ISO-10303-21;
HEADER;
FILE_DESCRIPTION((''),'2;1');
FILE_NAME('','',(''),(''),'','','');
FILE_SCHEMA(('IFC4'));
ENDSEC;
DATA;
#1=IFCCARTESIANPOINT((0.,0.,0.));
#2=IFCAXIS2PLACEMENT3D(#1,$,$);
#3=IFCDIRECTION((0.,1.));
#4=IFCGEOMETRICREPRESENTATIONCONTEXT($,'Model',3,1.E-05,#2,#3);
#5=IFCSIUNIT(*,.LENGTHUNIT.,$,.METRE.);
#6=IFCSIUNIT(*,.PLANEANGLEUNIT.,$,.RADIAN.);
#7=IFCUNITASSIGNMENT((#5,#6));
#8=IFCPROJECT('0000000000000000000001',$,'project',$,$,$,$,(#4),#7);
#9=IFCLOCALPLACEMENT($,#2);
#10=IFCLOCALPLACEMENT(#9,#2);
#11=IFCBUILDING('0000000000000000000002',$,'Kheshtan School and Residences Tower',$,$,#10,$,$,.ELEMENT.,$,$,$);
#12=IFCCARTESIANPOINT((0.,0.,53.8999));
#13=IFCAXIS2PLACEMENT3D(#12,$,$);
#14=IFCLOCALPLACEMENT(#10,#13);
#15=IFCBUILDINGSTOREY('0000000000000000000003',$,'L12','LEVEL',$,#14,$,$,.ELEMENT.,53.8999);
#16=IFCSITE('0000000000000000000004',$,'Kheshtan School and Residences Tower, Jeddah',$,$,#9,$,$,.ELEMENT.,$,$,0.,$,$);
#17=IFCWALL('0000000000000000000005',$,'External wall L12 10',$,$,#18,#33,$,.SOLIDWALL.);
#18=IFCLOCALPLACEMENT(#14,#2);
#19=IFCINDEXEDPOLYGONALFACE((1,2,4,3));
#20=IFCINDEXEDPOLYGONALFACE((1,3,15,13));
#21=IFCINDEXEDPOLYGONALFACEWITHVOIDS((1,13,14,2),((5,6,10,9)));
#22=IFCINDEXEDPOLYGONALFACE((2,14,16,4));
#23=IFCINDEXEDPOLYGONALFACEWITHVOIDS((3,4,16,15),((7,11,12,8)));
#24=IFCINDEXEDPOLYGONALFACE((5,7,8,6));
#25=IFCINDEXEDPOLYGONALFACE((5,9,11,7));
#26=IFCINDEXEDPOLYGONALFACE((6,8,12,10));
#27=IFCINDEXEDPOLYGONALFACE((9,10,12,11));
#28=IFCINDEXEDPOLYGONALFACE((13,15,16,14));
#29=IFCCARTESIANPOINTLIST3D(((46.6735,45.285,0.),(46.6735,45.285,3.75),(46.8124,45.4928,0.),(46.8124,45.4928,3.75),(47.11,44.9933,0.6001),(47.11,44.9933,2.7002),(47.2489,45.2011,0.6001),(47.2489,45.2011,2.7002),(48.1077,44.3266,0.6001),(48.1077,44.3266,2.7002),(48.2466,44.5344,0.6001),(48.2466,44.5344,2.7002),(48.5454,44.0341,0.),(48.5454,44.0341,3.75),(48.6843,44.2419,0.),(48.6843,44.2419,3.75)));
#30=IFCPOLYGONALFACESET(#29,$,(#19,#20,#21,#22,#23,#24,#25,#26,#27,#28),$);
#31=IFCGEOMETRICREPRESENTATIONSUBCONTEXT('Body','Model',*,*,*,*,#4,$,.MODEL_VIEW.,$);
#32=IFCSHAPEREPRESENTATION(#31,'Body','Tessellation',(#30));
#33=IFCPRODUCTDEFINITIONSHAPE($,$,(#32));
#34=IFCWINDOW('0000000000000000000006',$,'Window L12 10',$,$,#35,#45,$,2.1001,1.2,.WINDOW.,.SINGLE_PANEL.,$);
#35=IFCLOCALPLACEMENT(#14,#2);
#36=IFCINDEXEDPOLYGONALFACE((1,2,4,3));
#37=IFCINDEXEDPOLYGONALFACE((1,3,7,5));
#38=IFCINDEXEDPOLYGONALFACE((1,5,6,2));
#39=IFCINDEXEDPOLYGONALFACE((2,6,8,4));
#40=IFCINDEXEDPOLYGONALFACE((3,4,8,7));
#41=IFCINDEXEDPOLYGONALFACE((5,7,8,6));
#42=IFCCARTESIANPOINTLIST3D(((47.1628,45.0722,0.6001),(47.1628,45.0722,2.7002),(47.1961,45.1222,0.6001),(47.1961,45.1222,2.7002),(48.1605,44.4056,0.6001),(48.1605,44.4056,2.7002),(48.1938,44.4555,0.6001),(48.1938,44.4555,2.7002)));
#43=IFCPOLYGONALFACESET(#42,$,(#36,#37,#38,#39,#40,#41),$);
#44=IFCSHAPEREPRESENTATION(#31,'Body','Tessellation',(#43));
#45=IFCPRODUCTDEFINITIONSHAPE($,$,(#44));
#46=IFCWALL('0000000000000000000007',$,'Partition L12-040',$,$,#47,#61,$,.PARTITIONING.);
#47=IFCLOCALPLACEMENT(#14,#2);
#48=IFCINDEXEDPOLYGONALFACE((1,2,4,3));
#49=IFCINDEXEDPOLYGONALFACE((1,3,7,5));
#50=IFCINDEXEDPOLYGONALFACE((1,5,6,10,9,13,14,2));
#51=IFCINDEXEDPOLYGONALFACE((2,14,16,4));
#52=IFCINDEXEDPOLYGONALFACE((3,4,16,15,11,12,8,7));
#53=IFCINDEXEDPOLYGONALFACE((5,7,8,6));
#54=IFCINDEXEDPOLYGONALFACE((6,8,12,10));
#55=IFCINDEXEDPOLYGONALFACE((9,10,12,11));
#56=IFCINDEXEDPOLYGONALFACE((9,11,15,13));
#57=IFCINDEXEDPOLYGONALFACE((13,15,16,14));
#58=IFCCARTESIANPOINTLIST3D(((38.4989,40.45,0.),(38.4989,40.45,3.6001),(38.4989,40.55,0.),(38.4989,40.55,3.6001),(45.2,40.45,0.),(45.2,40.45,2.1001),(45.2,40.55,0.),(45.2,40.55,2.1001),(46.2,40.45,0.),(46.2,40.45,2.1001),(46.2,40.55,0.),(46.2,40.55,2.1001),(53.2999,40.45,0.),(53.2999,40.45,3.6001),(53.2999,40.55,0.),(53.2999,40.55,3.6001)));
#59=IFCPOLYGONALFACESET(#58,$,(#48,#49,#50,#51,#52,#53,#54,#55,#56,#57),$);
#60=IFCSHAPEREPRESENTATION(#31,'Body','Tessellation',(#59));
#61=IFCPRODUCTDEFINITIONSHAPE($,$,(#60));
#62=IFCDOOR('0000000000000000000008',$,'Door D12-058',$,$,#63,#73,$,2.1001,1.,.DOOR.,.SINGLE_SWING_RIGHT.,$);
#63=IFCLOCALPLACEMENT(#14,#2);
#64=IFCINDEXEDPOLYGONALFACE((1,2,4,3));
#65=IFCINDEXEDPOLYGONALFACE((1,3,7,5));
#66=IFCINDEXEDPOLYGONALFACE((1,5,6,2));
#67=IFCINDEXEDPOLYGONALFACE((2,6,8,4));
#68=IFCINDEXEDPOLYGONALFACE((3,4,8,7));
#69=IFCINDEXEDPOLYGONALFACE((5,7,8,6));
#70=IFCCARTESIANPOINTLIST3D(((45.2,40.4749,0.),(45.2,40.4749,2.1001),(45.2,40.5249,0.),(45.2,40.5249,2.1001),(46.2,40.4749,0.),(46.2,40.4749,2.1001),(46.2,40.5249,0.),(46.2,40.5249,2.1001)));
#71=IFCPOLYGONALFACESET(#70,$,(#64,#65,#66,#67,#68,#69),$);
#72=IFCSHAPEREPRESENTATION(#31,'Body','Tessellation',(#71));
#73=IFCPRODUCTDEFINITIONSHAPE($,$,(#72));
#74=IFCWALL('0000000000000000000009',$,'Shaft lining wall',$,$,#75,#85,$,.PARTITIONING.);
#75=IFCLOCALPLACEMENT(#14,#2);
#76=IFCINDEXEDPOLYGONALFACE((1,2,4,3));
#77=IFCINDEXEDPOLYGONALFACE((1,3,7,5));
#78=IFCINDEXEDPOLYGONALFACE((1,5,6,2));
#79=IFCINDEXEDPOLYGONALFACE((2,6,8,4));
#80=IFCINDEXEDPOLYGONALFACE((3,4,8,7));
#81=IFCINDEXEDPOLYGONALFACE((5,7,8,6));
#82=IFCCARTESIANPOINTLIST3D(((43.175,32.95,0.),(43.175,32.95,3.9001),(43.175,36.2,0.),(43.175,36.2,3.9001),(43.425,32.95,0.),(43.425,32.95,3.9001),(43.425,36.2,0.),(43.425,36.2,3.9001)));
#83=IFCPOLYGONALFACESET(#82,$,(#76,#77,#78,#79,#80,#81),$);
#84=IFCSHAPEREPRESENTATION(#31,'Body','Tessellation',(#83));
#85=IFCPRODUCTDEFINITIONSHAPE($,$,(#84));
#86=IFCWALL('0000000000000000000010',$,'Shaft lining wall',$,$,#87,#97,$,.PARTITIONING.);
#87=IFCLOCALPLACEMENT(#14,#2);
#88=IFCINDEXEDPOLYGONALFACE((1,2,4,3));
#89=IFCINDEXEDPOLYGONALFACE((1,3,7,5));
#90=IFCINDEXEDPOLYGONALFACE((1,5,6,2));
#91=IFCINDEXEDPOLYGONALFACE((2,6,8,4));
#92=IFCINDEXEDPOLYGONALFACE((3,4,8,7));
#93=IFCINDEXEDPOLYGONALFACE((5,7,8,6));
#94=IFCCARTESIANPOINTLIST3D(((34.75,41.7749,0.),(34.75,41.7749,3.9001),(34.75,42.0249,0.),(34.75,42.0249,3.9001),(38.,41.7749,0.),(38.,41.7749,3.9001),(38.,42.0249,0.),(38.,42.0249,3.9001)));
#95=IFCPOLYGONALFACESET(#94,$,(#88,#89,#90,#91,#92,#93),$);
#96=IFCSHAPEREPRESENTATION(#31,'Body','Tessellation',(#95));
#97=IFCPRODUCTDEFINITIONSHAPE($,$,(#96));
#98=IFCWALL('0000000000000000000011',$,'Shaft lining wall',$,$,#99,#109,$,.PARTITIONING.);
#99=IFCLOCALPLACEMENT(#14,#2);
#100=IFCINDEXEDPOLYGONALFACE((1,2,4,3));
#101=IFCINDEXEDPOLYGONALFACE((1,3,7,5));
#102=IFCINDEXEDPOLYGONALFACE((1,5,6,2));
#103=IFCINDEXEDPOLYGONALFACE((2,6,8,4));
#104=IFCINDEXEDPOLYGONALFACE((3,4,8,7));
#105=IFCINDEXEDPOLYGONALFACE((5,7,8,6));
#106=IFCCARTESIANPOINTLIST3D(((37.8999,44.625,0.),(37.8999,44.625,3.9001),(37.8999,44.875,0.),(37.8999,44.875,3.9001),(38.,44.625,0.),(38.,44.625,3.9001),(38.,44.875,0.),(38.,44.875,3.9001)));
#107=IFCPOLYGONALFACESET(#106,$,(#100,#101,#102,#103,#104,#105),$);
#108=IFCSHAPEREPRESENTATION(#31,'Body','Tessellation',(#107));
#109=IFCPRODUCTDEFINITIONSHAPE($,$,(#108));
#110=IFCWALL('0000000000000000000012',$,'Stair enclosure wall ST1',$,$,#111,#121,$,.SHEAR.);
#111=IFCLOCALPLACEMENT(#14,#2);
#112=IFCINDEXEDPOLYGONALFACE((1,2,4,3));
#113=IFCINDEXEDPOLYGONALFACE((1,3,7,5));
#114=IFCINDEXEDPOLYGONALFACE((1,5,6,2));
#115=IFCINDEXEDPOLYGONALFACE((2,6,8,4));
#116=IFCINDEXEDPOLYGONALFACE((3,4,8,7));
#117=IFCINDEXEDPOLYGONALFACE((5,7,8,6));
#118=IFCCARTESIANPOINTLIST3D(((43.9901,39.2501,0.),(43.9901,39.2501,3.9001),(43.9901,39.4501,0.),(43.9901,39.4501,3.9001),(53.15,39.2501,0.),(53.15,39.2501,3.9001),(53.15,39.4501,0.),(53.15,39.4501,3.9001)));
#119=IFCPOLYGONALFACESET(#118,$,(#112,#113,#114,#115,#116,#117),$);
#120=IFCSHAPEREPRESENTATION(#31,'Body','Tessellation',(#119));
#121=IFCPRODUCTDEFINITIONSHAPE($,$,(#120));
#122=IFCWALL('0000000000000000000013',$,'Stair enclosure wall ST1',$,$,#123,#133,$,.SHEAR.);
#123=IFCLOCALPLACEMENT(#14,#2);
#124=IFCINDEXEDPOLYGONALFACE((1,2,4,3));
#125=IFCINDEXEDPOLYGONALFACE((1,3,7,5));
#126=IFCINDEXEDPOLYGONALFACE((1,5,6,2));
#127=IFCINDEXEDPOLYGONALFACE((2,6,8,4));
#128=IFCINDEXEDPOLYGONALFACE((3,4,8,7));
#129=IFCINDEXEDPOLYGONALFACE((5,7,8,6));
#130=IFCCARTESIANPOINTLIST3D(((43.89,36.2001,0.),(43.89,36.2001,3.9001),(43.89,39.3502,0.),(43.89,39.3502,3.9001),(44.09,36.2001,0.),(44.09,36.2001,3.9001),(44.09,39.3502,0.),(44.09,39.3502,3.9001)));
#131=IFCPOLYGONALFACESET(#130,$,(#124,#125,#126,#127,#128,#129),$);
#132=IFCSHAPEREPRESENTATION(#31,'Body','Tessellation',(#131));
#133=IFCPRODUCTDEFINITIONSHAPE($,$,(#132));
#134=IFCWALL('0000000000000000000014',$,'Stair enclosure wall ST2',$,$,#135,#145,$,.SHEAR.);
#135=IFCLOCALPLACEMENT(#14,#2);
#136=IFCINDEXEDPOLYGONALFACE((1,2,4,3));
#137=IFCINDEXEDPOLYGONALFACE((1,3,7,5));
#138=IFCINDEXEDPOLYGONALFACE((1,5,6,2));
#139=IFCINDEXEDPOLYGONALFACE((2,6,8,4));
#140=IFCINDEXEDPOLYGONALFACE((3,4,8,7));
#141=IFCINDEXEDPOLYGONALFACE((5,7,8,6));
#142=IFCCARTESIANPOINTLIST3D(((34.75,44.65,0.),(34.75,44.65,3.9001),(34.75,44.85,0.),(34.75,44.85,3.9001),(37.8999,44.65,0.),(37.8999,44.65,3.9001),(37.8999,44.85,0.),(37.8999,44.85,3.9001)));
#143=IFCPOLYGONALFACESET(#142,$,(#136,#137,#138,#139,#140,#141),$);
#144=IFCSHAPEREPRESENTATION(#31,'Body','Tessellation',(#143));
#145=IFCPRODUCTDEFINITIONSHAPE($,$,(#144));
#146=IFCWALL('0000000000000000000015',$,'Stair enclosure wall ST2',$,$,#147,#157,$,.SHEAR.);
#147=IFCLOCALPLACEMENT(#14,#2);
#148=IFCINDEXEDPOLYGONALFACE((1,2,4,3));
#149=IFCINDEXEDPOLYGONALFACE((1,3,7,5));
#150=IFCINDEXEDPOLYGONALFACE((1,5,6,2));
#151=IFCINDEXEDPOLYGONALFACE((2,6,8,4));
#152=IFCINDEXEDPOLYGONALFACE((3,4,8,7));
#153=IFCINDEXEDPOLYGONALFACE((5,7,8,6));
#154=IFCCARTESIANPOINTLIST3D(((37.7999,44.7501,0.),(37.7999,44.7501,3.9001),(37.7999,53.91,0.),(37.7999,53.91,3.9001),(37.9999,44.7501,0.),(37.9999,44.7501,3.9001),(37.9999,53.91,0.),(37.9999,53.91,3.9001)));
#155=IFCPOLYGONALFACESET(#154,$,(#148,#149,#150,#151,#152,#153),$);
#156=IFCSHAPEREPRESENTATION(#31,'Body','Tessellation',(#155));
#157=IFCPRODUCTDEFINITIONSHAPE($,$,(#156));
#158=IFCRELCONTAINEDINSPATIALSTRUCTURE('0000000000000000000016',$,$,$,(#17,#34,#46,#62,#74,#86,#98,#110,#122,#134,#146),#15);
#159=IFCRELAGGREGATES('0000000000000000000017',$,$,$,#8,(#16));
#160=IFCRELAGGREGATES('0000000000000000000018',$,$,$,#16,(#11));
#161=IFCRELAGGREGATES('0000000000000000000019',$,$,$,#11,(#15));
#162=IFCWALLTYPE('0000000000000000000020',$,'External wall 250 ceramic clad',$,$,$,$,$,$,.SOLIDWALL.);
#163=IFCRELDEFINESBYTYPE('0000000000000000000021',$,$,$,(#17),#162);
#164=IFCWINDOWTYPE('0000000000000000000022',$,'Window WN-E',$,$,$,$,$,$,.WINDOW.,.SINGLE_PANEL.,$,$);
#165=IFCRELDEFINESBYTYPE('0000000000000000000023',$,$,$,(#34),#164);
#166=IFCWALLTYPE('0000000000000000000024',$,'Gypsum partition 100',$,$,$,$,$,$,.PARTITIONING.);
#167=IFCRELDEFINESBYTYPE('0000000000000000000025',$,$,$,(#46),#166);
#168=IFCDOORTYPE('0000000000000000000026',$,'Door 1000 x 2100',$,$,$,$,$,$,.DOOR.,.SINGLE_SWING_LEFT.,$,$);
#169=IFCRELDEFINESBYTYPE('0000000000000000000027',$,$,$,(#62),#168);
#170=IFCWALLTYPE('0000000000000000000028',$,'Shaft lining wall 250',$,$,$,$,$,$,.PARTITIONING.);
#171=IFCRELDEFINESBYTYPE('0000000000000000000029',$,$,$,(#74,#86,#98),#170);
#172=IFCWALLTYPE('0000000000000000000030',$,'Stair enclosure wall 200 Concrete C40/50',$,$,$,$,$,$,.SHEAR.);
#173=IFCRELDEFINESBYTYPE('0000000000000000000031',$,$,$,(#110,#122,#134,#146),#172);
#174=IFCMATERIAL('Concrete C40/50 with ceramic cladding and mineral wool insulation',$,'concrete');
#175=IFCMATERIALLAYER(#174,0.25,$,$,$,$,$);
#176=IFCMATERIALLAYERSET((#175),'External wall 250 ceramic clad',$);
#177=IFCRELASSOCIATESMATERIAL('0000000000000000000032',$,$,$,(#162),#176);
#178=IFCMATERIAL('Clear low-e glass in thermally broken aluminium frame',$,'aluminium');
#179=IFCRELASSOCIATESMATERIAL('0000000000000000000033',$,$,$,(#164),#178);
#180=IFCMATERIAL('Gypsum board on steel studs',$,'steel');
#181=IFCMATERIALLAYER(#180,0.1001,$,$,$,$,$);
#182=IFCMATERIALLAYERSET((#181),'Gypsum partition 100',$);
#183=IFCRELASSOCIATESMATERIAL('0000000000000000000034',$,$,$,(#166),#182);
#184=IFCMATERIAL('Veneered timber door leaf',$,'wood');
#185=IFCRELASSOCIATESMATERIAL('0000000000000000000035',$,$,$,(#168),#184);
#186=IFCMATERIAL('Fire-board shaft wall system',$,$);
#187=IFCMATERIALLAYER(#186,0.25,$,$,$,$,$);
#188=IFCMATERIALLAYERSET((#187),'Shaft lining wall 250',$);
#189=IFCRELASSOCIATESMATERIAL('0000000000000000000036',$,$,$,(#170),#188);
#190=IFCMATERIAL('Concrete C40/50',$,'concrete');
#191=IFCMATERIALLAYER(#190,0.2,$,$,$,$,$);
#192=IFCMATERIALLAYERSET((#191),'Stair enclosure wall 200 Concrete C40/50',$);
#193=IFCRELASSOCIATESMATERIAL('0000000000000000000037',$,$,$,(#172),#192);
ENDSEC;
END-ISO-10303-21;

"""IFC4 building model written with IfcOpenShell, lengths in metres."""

from ifc_helpers import new_model, si_unit, direction, frame, frame_2d, origin, place, context, subcontext, project, spatial, rectangle, extrude, source, transform, mapped, material, layer, layer_set, type_object, element, fill, save


model = new_model("IFC4")

# Units and contexts
model_context = context("Model", 3, precision=1e-05, world=origin(), true_north=direction((0.0, 1.0)))
body_context = subcontext(model_context, "Body", "Model", "MODEL_VIEW")
ifc_project = project(units=[si_unit("LENGTHUNIT", "METRE"), si_unit("PLANEANGLEUNIT", "RADIAN")], contexts=[model_context])

# Site, building, storey
site_placement = place(None, origin())
site = spatial("IfcSite", under=ifc_project, at=site_placement, Name="Kheshtan School and Residences Tower, Jeddah", CompositionType="ELEMENT", RefElevation=0.0)
building_placement = place(site_placement, origin())
building = spatial("IfcBuilding", under=site, at=building_placement, Name="Kheshtan School and Residences Tower", CompositionType="ELEMENT")
storey_placement = place(building_placement, frame((0.0, 0.0, 53.8999)))
storey = spatial("IfcBuildingStorey", under=building, at=storey_placement, Name="L12", Description="LEVEL", CompositionType="ELEMENT", Elevation=53.8999)

# Wall, opening, window
ifc_material_1 = material(Name="Concrete C40/50 with ceramic cladding and mineral wool insulation", Category="concrete")
ifc_layer_1 = layer(ifc_material_1, 0.25)
ifc_layer_set_1 = layer_set([ifc_layer_1], Name="External wall 250 ceramic clad")
wall_type_1 = type_object("IfcWallType", Name="External wall 250 ceramic clad", PredefinedType="SOLIDWALL", material=ifc_layer_set_1)
wall_1_placement = place(storey_placement, frame((46.7429, 45.3889, 0.0), z_axis=(0.0, 0.0, 1.0), x_axis=(0.831449, -0.555601, 0.0)))
wall_1 = element("IfcWall", 1, at=wall_1_placement, inside=storey, type_object=wall_type_1, Name="External wall L12 10", PredefinedType="SOLIDWALL", context=body_context, shape_type="SweptSolid", body=[
    extrude(rectangle(XDim=2.2515, YDim=0.25, at=frame_2d((1.1257, 0.0))), origin(), (0.0, 0.0, 1.0), 3.75),
])
opening_1_placement = place(wall_1_placement, frame((0.5249, 0.0, 0.6001)))
opening_1 = element("IfcOpeningElement", 2, at=opening_1_placement, cuts=wall_1, PredefinedType="OPENING", context=body_context, shape_type="SweptSolid", body=[
    extrude(rectangle(XDim=1.2, YDim=2.1001, at=frame_2d((0.6001, 1.05))), frame((0.0, 0.135, 0.0), z_axis=(0.0, -1.0, 0.0), x_axis=(1.0, 0.0, 0.0)), (0.0, 0.0, 1.0), 0.27),
])
ifc_material_2 = material(Name="Clear low-e glass in thermally broken aluminium frame", Category="aluminium")
window_type = type_object("IfcWindowType", Name="Window WN-E", PartitioningType="SINGLE_PANEL", PredefinedType="WINDOW", material=ifc_material_2)
shared_shape_1 = source(origin(), body_context, "Body", "SweptSolid", [
    extrude(rectangle(XDim=1.2, YDim=2.1001, at=frame_2d((0.6001, 1.05))), frame((0.0, 0.03, 0.0), z_axis=(0.0, -1.0, 0.0), x_axis=(1.0, 0.0, 0.0)), (0.0, 0.0, 1.0), 0.0601),
])
window_placement = place(opening_1_placement, origin())
window = element("IfcWindow", 3, at=window_placement, inside=storey, type_object=window_type, Name="Window L12 10", OverallHeight=2.1001, OverallWidth=1.2, PartitioningType="SINGLE_PANEL", PredefinedType="WINDOW", context=body_context, shape_type="MappedRepresentation", body=[
    mapped(shared_shape_1, transform((0.0, 0.0, 0.0), x_axis=(1.0, 0.0, 0.0), y_axis=(0.0, 1.0, 0.0), z_axis=(0.0, 0.0, 1.0), scale=1.0)),
])
fill(opening_1, window)

# Wall, opening, door
ifc_material_3 = material(Name="Gypsum board on steel studs", Category="steel")
ifc_layer_2 = layer(ifc_material_3, 0.1001)
ifc_layer_set_2 = layer_set([ifc_layer_2], Name="Gypsum partition 100")
wall_type_2 = type_object("IfcWallType", Name="Gypsum partition 100", PredefinedType="PARTITIONING", material=ifc_layer_set_2)
wall_2_placement = place(storey_placement, frame((38.499, 40.5, 0.0), z_axis=(0.0, 0.0, 1.0), x_axis=(1.0, 0.0, 0.0)))
wall_2 = element("IfcWall", 4, at=wall_2_placement, inside=storey, type_object=wall_type_2, Name="Partition L12-040", PredefinedType="PARTITIONING", context=body_context, shape_type="SweptSolid", body=[
    extrude(rectangle(XDim=14.801, YDim=0.1001, at=frame_2d((7.4004, 0.0))), origin(), (0.0, 0.0, 1.0), 3.6001),
])
opening_2_placement = place(wall_2_placement, frame((6.7009, 0.0, 0.0)))
opening_2 = element("IfcOpeningElement", 5, at=opening_2_placement, cuts=wall_2, PredefinedType="OPENING", context=body_context, shape_type="SweptSolid", body=[
    extrude(rectangle(XDim=1.0, YDim=2.1001, at=frame_2d((0.5, 1.05))), frame((0.0, 0.0601, 0.0), z_axis=(0.0, -1.0, 0.0), x_axis=(1.0, 0.0, 0.0)), (0.0, 0.0, 1.0), 0.1201),
])
ifc_material_4 = material(Name="Veneered timber door leaf", Category="wood")
door_type_1 = type_object("IfcDoorType", Name="Door 1000 x 2100", OperationType="SINGLE_SWING_LEFT", PredefinedType="DOOR", material=ifc_material_4)
shared_shape_2 = source(origin(), body_context, "Body", "SweptSolid", [
    extrude(rectangle(XDim=1.0, YDim=2.1001, at=frame_2d((0.5, 1.05))), frame((0.0, 0.0249, 0.0), z_axis=(0.0, -1.0, 0.0), x_axis=(1.0, 0.0, 0.0)), (0.0, 0.0, 1.0), 0.05),
])
door_1_placement = place(opening_2_placement, origin())
door_1 = element("IfcDoor", 6, at=door_1_placement, inside=storey, type_object=door_type_1, Name="Door D12-058", OperationType="SINGLE_SWING_RIGHT", OverallHeight=2.1001, OverallWidth=1.0, PredefinedType="DOOR", context=body_context, shape_type="MappedRepresentation", body=[
    mapped(shared_shape_2, transform((0.0, 0.0, 0.0), x_axis=(1.0, 0.0, 0.0), y_axis=(0.0, 1.0, 0.0), z_axis=(0.0, 0.0, 1.0), scale=1.0)),
])
fill(opening_2, door_1)

# Walls
ifc_material_5 = material(Name="Fire-board shaft wall system")
ifc_layer_3 = layer(ifc_material_5, 0.25)
ifc_layer_set_3 = layer_set([ifc_layer_3], Name="Shaft lining wall 250")
wall_type_3 = type_object("IfcWallType", Name="Shaft lining wall 250", PredefinedType="PARTITIONING", material=ifc_layer_set_3)
for number, where, z_axis, x_axis, name in (
    (7, (43.3, 32.95, 0.0), (0.0, 0.0, 1.0), (0.0, 1.0, 0.0), "Shaft lining wall"),
    (8, (34.75, 41.8999, 0.0), (0.0, 0.0, 1.0), (1.0, 0.0, 0.0), "Shaft lining wall"),
):
    element("IfcWall", number, at=place(storey_placement, frame(where, z_axis=z_axis, x_axis=x_axis)), inside=storey, type_object=wall_type_3, Name=name, PredefinedType="PARTITIONING", context=body_context, shape_type="SweptSolid", body=[
        extrude(rectangle(XDim=3.25, YDim=0.25, at=frame_2d((1.625, 0.0))), origin(), (0.0, 0.0, 1.0), 3.9001),
    ])
wall_3_placement = place(storey_placement, frame((37.8999, 44.75, 0.0), z_axis=(0.0, 0.0, 1.0), x_axis=(1.0, 0.0, 0.0)))
element("IfcWall", 9, at=wall_3_placement, inside=storey, type_object=wall_type_3, Name="Shaft lining wall", PredefinedType="PARTITIONING", context=body_context, shape_type="SweptSolid", body=[
    extrude(rectangle(XDim=0.1001, YDim=0.25, at=frame_2d((0.05, 0.0))), origin(), (0.0, 0.0, 1.0), 3.9001),
])
ifc_material_6 = material(Name="Concrete C40/50", Category="concrete")
ifc_layer_4 = layer(ifc_material_6, 0.2)
ifc_layer_set_4 = layer_set([ifc_layer_4], Name="Stair enclosure wall 200 Concrete C40/50")
wall_type_4 = type_object("IfcWallType", Name="Stair enclosure wall 200 Concrete C40/50", PredefinedType="SHEAR", material=ifc_layer_set_4)
wall_4_placement = place(storey_placement, frame((43.99, 39.3501, 0.0), z_axis=(0.0, 0.0, 1.0), x_axis=(1.0, 0.0, 0.0)))
element("IfcWall", 10, at=wall_4_placement, inside=storey, type_object=wall_type_4, Name="Stair enclosure wall ST1", PredefinedType="SHEAR", context=body_context, shape_type="SweptSolid", body=[
    extrude(rectangle(XDim=9.1599, YDim=0.2, at=frame_2d((4.5801, 0.0))), origin(), (0.0, 0.0, 1.0), 3.9001),
])
wall_5_placement = place(storey_placement, frame((43.99, 36.2, 0.0), z_axis=(0.0, 0.0, 1.0), x_axis=(0.0, 1.0, 0.0)))
element("IfcWall", 11, at=wall_5_placement, inside=storey, type_object=wall_type_4, Name="Stair enclosure wall ST1", PredefinedType="SHEAR", context=body_context, shape_type="SweptSolid", body=[
    extrude(rectangle(XDim=3.1501, YDim=0.2, at=frame_2d((1.5752, 0.0))), origin(), (0.0, 0.0, 1.0), 3.9001),
])
wall_6_placement = place(storey_placement, frame((34.75, 44.75, 0.0), z_axis=(0.0, 0.0, 1.0), x_axis=(1.0, 0.0, 0.0)))
element("IfcWall", 12, at=wall_6_placement, inside=storey, type_object=wall_type_4, Name="Stair enclosure wall ST2", PredefinedType="SHEAR", context=body_context, shape_type="SweptSolid", body=[
    extrude(rectangle(XDim=3.1499, YDim=0.2, at=frame_2d((1.575, 0.0))), origin(), (0.0, 0.0, 1.0), 3.9001),
])
wall_7_placement = place(storey_placement, frame((37.8999, 44.75, 0.0), z_axis=(0.0, 0.0, 1.0), x_axis=(0.0, 1.0, 0.0)))
element("IfcWall", 13, at=wall_7_placement, inside=storey, type_object=wall_type_4, Name="Stair enclosure wall ST2", PredefinedType="SHEAR", context=body_context, shape_type="SweptSolid", body=[
    extrude(rectangle(XDim=9.1599, YDim=0.2, at=frame_2d((4.5801, 0.0))), origin(), (0.0, 0.0, 1.0), 3.9001),
])

save(model, "model.ifc")
